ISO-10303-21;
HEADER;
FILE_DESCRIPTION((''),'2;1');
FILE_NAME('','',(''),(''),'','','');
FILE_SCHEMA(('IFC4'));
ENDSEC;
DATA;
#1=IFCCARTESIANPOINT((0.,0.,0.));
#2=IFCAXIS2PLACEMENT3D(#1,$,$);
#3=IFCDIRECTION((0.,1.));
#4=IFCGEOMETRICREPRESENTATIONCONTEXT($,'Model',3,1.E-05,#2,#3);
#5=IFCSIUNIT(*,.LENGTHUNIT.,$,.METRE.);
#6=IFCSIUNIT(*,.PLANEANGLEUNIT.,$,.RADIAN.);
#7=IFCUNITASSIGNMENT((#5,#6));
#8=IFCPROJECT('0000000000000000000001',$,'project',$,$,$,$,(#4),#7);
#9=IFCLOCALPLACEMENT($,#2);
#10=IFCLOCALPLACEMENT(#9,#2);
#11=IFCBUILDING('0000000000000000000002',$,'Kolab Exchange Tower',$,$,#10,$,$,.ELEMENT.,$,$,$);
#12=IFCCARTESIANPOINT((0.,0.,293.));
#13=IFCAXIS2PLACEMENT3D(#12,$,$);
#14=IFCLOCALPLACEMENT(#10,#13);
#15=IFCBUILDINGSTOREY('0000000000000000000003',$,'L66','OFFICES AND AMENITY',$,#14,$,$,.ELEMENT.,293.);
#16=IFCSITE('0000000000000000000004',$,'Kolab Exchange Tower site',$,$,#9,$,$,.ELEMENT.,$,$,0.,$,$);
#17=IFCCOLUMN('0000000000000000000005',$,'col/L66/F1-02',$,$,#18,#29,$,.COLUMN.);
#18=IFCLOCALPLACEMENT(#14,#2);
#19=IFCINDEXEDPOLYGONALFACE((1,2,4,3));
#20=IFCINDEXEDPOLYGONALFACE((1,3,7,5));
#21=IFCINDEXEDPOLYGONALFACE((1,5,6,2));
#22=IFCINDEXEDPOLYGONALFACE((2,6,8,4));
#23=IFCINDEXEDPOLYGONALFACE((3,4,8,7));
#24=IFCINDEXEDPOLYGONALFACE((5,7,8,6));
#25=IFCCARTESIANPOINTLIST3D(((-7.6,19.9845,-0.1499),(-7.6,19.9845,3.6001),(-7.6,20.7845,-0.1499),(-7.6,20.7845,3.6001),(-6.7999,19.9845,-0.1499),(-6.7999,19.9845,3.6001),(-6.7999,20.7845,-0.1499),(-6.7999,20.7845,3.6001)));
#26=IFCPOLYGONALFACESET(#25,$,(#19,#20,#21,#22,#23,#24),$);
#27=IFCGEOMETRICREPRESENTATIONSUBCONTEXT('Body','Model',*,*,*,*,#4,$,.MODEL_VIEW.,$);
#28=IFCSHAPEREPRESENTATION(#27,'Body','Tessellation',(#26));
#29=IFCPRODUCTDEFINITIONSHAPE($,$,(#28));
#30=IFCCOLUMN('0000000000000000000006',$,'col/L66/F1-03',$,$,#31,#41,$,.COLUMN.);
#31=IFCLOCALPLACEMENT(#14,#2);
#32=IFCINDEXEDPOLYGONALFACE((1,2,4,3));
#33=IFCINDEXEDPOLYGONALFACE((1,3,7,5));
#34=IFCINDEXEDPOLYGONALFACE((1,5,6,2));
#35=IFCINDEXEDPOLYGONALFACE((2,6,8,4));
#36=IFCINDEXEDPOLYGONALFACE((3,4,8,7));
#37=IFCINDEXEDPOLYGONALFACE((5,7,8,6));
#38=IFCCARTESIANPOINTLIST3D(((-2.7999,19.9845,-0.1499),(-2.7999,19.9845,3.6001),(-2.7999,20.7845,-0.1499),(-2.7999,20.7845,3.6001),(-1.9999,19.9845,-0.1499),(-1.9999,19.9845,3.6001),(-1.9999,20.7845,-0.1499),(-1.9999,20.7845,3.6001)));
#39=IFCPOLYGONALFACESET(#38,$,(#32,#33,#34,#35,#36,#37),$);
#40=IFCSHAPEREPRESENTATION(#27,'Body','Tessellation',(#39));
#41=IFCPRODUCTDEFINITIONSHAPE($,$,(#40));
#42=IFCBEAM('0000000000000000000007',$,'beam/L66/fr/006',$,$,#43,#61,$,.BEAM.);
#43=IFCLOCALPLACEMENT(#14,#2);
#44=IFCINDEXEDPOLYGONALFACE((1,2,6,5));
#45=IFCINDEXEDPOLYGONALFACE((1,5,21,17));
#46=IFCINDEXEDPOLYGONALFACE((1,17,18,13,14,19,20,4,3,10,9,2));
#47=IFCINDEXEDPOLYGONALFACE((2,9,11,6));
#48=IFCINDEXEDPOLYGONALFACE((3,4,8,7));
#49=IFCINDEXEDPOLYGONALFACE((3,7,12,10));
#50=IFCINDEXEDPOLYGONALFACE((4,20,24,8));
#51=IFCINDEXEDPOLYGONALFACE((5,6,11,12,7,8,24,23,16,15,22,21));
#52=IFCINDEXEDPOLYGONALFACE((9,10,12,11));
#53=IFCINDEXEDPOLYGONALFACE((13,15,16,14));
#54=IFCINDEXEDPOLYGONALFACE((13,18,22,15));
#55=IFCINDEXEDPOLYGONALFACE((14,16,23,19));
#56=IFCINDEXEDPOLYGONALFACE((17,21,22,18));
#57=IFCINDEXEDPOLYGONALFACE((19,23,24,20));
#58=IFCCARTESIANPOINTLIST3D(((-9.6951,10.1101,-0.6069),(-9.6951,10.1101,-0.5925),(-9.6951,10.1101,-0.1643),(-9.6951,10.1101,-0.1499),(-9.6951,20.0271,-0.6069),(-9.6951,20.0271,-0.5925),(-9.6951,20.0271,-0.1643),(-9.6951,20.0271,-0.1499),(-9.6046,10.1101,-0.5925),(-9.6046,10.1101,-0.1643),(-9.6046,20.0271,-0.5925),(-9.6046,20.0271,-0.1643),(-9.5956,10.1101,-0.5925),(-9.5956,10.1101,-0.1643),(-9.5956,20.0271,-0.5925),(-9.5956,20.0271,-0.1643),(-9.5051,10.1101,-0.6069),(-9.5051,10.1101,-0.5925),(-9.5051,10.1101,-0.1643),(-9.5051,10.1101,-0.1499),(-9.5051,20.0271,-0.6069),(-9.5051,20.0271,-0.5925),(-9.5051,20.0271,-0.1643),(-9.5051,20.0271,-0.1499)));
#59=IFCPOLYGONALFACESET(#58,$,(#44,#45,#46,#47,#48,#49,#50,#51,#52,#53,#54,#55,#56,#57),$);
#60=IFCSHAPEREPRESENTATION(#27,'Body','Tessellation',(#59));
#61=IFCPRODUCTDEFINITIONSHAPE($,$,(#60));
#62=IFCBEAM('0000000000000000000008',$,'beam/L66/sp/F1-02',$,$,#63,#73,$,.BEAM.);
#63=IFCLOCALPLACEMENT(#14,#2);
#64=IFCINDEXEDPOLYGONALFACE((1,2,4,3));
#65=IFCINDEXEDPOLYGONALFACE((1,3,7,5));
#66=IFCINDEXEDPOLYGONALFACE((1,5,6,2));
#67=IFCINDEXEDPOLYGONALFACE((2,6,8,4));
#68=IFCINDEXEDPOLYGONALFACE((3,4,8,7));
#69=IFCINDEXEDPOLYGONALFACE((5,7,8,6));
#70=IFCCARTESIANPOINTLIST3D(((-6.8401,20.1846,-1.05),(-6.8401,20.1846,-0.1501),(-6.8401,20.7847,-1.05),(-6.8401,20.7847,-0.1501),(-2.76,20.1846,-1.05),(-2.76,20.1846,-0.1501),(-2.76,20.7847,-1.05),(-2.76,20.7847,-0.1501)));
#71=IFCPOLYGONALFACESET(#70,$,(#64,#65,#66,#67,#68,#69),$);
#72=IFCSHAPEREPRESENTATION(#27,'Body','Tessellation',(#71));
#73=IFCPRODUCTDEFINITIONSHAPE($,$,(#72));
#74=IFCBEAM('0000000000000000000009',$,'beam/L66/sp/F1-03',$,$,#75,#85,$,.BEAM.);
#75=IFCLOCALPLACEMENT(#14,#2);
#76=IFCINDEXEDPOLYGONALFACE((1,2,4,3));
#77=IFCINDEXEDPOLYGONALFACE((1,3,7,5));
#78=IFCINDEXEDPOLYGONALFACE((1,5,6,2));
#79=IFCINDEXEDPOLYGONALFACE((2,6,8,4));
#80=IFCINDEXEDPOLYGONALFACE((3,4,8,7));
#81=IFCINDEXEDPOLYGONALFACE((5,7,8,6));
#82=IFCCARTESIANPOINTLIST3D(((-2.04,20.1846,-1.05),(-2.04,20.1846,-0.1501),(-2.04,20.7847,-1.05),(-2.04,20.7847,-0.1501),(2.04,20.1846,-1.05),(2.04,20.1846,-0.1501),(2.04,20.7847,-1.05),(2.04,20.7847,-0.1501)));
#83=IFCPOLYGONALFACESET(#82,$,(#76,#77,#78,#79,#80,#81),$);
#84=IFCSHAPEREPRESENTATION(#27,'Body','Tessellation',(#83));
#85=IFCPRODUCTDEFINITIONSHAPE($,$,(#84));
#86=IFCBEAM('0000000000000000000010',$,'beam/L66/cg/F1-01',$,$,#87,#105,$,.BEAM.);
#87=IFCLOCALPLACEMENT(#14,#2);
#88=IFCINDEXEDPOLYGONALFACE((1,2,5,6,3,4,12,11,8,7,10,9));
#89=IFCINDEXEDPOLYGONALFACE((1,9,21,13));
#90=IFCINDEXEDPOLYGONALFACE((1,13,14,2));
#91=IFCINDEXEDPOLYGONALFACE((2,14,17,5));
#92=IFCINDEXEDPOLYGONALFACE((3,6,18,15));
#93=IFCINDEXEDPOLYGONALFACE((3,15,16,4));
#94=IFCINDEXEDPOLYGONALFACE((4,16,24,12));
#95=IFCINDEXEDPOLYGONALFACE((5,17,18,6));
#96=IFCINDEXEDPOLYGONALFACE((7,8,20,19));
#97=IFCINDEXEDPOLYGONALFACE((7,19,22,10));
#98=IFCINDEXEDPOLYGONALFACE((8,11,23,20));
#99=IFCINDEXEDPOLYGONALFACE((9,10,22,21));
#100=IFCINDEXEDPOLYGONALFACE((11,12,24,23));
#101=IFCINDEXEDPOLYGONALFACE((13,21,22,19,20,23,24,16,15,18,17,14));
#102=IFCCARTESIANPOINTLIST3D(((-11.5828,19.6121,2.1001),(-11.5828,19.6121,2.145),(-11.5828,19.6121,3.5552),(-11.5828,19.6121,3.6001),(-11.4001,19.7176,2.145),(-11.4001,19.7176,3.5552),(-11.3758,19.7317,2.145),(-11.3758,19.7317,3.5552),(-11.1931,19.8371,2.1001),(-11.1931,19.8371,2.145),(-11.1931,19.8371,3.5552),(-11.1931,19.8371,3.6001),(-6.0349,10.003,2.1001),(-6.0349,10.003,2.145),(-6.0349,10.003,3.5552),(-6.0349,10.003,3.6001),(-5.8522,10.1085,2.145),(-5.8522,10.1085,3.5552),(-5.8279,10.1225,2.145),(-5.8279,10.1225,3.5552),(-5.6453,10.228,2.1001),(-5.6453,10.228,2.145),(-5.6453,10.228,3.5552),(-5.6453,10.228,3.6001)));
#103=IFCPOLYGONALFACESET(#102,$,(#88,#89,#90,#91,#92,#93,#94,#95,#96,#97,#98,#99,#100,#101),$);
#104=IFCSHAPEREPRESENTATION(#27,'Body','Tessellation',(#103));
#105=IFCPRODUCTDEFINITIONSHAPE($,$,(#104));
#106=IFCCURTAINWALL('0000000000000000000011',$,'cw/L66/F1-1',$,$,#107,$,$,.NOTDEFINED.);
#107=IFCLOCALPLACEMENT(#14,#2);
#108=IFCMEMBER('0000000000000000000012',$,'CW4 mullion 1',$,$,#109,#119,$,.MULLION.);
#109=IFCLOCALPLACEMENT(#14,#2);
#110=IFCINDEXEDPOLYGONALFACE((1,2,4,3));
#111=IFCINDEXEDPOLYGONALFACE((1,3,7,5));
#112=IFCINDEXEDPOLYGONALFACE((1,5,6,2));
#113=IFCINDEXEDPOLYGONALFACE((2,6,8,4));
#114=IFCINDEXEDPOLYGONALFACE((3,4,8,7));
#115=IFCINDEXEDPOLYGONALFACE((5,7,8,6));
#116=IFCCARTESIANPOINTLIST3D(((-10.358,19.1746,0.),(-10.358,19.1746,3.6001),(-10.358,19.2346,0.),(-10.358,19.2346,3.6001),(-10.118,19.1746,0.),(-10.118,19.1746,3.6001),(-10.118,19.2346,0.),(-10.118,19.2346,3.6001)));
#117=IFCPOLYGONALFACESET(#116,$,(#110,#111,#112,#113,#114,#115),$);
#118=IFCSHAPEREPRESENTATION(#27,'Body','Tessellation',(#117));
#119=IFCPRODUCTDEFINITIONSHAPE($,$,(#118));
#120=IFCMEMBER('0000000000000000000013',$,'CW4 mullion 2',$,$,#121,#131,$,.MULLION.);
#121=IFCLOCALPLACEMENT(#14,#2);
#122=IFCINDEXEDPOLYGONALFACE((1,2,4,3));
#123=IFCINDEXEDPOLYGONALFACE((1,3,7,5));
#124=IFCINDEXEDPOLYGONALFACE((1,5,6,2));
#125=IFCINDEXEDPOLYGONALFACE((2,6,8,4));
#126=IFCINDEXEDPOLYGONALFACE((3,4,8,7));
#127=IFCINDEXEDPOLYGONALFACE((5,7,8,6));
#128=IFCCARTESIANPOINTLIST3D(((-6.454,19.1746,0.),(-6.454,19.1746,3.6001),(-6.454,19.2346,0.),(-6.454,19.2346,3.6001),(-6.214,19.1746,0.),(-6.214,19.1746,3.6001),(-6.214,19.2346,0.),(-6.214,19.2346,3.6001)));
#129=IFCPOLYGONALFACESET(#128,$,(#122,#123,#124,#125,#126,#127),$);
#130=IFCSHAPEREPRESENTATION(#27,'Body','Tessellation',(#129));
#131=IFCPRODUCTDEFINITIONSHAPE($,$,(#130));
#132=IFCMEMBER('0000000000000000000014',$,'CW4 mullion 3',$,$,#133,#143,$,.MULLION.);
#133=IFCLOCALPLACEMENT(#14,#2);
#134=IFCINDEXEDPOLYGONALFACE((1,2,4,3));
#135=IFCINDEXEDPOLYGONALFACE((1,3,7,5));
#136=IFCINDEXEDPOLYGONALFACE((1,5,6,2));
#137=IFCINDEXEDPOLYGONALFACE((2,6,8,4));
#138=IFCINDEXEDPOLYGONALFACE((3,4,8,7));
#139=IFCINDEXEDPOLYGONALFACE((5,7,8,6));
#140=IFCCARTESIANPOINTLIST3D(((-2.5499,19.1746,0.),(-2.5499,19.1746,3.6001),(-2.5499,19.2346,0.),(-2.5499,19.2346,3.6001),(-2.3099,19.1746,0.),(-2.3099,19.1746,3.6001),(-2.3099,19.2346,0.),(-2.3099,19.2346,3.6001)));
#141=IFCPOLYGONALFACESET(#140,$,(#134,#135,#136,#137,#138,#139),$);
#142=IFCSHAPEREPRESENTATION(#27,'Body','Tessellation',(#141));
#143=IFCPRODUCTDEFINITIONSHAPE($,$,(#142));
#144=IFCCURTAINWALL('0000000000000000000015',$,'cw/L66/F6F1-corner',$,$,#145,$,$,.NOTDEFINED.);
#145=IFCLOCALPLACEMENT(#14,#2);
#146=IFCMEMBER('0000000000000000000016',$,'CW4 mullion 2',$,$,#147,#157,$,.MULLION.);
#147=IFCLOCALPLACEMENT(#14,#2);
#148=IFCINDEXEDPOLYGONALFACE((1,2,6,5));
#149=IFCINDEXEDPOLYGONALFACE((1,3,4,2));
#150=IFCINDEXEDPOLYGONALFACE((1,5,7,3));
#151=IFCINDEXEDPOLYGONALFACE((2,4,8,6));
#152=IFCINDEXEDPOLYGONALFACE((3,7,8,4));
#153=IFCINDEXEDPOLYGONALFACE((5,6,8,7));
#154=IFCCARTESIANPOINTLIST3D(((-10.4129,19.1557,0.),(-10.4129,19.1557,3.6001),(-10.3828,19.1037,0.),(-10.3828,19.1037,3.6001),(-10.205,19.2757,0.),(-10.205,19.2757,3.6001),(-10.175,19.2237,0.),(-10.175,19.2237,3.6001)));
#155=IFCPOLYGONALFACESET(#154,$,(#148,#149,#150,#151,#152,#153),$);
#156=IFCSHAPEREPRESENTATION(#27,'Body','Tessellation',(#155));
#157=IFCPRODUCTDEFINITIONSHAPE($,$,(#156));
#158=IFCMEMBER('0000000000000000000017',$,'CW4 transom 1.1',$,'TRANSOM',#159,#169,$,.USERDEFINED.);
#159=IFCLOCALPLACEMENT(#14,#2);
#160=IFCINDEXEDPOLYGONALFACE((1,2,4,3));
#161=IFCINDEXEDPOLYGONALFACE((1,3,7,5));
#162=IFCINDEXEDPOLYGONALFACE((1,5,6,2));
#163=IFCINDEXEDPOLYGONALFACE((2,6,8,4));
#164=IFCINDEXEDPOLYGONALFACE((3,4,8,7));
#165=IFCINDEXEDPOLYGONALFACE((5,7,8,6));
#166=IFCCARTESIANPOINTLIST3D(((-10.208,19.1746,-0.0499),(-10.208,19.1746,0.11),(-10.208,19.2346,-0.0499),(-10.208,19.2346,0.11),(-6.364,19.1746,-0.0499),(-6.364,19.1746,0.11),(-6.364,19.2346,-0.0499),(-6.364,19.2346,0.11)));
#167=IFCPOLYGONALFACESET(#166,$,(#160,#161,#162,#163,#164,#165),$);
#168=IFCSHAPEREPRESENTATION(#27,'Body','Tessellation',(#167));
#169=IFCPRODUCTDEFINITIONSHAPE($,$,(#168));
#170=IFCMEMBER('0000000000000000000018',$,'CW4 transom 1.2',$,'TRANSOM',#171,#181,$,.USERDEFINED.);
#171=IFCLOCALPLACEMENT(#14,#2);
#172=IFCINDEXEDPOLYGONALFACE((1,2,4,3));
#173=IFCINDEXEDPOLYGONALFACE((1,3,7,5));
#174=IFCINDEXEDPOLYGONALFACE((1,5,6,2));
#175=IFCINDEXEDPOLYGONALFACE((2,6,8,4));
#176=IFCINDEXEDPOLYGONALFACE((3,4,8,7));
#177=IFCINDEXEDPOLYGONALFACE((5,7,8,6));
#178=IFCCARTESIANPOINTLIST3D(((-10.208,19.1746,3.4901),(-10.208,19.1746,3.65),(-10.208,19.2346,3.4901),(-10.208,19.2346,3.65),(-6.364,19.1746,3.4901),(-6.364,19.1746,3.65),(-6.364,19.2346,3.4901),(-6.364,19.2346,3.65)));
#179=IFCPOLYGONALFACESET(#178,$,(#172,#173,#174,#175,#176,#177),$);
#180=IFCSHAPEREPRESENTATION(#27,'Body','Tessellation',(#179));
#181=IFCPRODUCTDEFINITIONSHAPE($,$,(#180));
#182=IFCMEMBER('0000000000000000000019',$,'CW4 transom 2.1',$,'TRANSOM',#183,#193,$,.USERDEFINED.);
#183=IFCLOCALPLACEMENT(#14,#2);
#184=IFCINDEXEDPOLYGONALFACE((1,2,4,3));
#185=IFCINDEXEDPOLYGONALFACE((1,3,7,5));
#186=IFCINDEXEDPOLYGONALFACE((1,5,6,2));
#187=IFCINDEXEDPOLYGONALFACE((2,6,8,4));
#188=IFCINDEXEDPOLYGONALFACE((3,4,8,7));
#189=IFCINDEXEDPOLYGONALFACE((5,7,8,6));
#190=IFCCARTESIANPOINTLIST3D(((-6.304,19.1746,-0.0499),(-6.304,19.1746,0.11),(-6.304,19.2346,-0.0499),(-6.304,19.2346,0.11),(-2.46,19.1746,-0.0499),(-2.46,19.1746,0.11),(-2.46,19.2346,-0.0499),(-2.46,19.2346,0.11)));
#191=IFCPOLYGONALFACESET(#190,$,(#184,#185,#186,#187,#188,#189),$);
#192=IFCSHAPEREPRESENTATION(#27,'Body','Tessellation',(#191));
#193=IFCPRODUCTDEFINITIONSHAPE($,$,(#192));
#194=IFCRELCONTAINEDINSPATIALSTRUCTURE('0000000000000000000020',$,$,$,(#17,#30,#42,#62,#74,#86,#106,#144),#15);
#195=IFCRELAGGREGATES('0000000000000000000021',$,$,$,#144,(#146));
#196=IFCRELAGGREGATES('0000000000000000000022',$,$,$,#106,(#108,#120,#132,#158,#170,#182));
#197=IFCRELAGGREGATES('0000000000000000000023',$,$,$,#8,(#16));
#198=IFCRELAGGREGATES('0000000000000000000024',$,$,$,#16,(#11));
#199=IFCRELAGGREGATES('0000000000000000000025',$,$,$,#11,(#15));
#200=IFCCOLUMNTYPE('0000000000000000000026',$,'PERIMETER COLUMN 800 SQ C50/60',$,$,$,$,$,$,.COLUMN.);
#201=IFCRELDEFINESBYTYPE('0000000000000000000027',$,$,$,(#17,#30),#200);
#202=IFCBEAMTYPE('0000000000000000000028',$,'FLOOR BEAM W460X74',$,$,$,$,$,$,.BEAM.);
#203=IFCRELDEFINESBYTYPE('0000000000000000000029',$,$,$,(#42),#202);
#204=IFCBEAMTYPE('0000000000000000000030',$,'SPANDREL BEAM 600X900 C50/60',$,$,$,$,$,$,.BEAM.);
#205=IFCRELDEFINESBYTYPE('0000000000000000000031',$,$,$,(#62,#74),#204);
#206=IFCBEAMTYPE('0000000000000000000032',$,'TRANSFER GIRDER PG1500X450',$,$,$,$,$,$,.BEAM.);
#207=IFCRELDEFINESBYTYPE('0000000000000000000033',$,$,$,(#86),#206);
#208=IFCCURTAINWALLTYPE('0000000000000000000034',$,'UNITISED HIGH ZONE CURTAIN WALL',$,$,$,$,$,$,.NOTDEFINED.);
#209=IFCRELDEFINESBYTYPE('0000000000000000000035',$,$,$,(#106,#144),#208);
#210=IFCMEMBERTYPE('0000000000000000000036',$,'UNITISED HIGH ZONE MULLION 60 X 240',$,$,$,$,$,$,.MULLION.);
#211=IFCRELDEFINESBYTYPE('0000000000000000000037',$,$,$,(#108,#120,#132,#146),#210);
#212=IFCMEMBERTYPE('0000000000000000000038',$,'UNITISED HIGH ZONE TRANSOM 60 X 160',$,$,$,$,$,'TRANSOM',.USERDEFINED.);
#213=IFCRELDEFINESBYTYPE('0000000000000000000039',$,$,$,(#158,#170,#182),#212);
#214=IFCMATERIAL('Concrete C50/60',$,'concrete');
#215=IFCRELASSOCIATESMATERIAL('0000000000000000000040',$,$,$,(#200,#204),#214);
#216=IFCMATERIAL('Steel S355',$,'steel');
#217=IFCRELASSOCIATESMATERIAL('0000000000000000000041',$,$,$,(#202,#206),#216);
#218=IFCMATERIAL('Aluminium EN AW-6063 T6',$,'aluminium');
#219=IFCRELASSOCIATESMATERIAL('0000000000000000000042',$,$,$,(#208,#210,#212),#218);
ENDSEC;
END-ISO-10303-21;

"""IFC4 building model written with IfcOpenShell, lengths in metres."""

from ifc_helpers import new_model, si_unit, direction, frame, origin, origin_2d, place, context, subcontext, project, spatial, rectangle, i_section, extrude, material, material_profile, profile_set, type_object, element, aggregate, save


model = new_model("IFC4")

# Units and contexts
model_context = context("Model", 3, precision=1e-05, world=origin(), true_north=direction((0.0, 1.0)))
body_context = subcontext(model_context, "Body", "Model", "MODEL_VIEW")
ifc_project = project(units=[si_unit("LENGTHUNIT", "METRE"), si_unit("PLANEANGLEUNIT", "RADIAN")], contexts=[model_context])

# Site, building, storey
site_placement = place(None, origin())
site = spatial("IfcSite", under=ifc_project, at=site_placement, Name="Kolab Exchange Tower site", CompositionType="ELEMENT", RefElevation=0.0)
building_placement = place(site_placement, origin())
building = spatial("IfcBuilding", under=site, at=building_placement, Name="Kolab Exchange Tower", CompositionType="ELEMENT")
storey_placement = place(building_placement, frame((0.0, 0.0, 293.0)))
storey = spatial("IfcBuildingStorey", under=building, at=storey_placement, Name="L66", Description="OFFICES AND AMENITY", CompositionType="ELEMENT", Elevation=293.0)

# Columns
ifc_material_1 = material(Name="Concrete C50/60", Category="concrete")
ifc_material_profile_1 = material_profile(ifc_material_1, rectangle(XDim=0.8, YDim=0.8, at=origin_2d()), Name="RC800")
ifc_profile_set_1 = profile_set([ifc_material_profile_1], Name="Concrete C50/60")
column_type = type_object("IfcColumnType", Name="PERIMETER COLUMN 800 SQ C50/60", PredefinedType="COLUMN", material=ifc_profile_set_1)
for number, where, z_axis, x_axis, name in (
    (1, (-7.2, 20.3845, -0.1499), (0.0, 0.0, 1.0), (1.0, 0.0, 0.0), "col/L66/F1-02"),
    (2, (-2.3999, 20.3845, -0.1499), (0.0, 0.0, 1.0), (1.0, 0.0, 0.0), "col/L66/F1-03"),
):
    element("IfcColumn", number, at=place(storey_placement, frame(where, z_axis=z_axis, x_axis=x_axis)), inside=storey, type_object=column_type, Name=name, PredefinedType="COLUMN", context=body_context, shape_type="SweptSolid", body=[
        extrude(rectangle(XDim=0.8, YDim=0.8, at=origin_2d()), origin(), (0.0, 0.0, 1.0), 3.75),
    ])

# Beams
ifc_material_2 = material(Name="Steel S355", Category="steel")
ifc_material_profile_2 = material_profile(ifc_material_2, i_section(OverallWidth=0.1899, OverallDepth=0.457, WebThickness=0.009, FlangeThickness=0.0144, at=origin_2d()), Name="W460X74")
ifc_profile_set_2 = profile_set([ifc_material_profile_2], Name="Steel S355")
beam_type_1 = type_object("IfcBeamType", Name="FLOOR BEAM W460X74", PredefinedType="BEAM", material=ifc_profile_set_2)
beam_1_placement = place(storey_placement, frame((-9.6001, 10.1101, -0.3784), z_axis=(0.0, 1.0, 0.0), x_axis=(-1.0, 0.0, 0.0)))
element("IfcBeam", 3, at=beam_1_placement, inside=storey, type_object=beam_type_1, Name="beam/L66/fr/006", PredefinedType="BEAM", context=body_context, shape_type="SweptSolid", body=[
    extrude(i_section(OverallWidth=0.1899, OverallDepth=0.457, WebThickness=0.009, FlangeThickness=0.0144, at=origin_2d()), origin(), (0.0, 0.0, 1.0), 9.917),
])
ifc_material_profile_3 = material_profile(ifc_material_1, rectangle(XDim=0.6001, YDim=0.8999, at=origin_2d()), Name="RC600X900")
ifc_profile_set_3 = profile_set([ifc_material_profile_3], Name="Concrete C50/60")
beam_type_2 = type_object("IfcBeamType", Name="SPANDREL BEAM 600X900 C50/60", PredefinedType="BEAM", material=ifc_profile_set_3)
for number, where, z_axis, x_axis, name in (
    (4, (-6.8401, 20.4846, -0.6001), (1.0, 0.0, 0.0), (0.0, 1.0, 0.0), "beam/L66/sp/F1-02"),
    (5, (-2.04, 20.4846, -0.6001), (1.0, 0.0, 0.0), (0.0, 1.0, 0.0), "beam/L66/sp/F1-03"),
):
    element("IfcBeam", number, at=place(storey_placement, frame(where, z_axis=z_axis, x_axis=x_axis)), inside=storey, type_object=beam_type_2, Name=name, PredefinedType="BEAM", context=body_context, shape_type="SweptSolid", body=[
        extrude(rectangle(XDim=0.6001, YDim=0.8999, at=origin_2d()), origin(), (0.0, 0.0, 1.0), 4.0801),
    ])
ifc_material_profile_4 = material_profile(ifc_material_2, i_section(OverallWidth=0.45, OverallDepth=1.5, WebThickness=0.0281, FlangeThickness=0.0449, at=origin_2d()), Name="PG1500X450")
ifc_profile_set_4 = profile_set([ifc_material_profile_4], Name="Steel S355")
beam_type_3 = type_object("IfcBeamType", Name="TRANSFER GIRDER PG1500X450", PredefinedType="BEAM", material=ifc_profile_set_4)
beam_2_placement = place(storey_placement, frame((-5.8401, 10.1155, 2.8501), z_axis=(-0.500001, 0.866025, 0.0), x_axis=(-0.866025, -0.500001, 0.0)))
element("IfcBeam", 6, at=beam_2_placement, inside=storey, type_object=beam_type_3, Name="beam/L66/cg/F1-01", PredefinedType="BEAM", context=body_context, shape_type="SweptSolid", body=[
    extrude(i_section(OverallWidth=0.45, OverallDepth=1.5, WebThickness=0.0281, FlangeThickness=0.0449, at=origin_2d()), origin(), (0.0, 0.0, 1.0), 11.0957),
])

# Curtain wall, members
ifc_material_3 = material(Name="Aluminium EN AW-6063 T6", Category="aluminium")
curtain_wall_type = type_object("IfcCurtainWallType", Name="UNITISED HIGH ZONE CURTAIN WALL", PredefinedType="NOTDEFINED", material=ifc_material_3)
curtain_wall_1_placement = place(storey_placement, origin())
curtain_wall_1 = element("IfcCurtainWall", 7, at=curtain_wall_1_placement, inside=storey, type_object=curtain_wall_type, Name="cw/L66/F1-1", PredefinedType="NOTDEFINED")
ifc_material_profile_5 = material_profile(ifc_material_3, rectangle(XDim=0.0601, YDim=0.24, at=origin_2d()), Name="RECT 60X240")
ifc_profile_set_5 = profile_set([ifc_material_profile_5], Name="Aluminium EN AW-6063 T6")
member_type_1 = type_object("IfcMemberType", Name="UNITISED HIGH ZONE MULLION 60 X 240", PredefinedType="MULLION", material=ifc_profile_set_5)
member_1_placement = place(storey_placement, frame((-10.238, 19.2046, 0.0), z_axis=(0.0, 0.0, 1.0), x_axis=(0.0, 1.0, 0.0)))
member_1 = element("IfcMember", 8, at=member_1_placement, type_object=member_type_1, Name="CW4 mullion 1", PredefinedType="MULLION", context=body_context, shape_type="SweptSolid", body=[
    extrude(rectangle(XDim=0.0601, YDim=0.24, at=origin_2d()), origin(), (0.0, 0.0, 1.0), 3.6001),
])
member_2_placement = place(storey_placement, frame((-6.334, 19.2046, 0.0), z_axis=(0.0, 0.0, 1.0), x_axis=(0.0, 1.0, 0.0)))
member_2 = element("IfcMember", 9, at=member_2_placement, type_object=member_type_1, Name="CW4 mullion 2", PredefinedType="MULLION", context=body_context, shape_type="SweptSolid", body=[
    extrude(rectangle(XDim=0.0601, YDim=0.24, at=origin_2d()), origin(), (0.0, 0.0, 1.0), 3.6001),
])
member_3_placement = place(storey_placement, frame((-2.4299, 19.2046, 0.0), z_axis=(0.0, 0.0, 1.0), x_axis=(0.0, 1.0, 0.0)))
member_3 = element("IfcMember", 10, at=member_3_placement, type_object=member_type_1, Name="CW4 mullion 3", PredefinedType="MULLION", context=body_context, shape_type="SweptSolid", body=[
    extrude(rectangle(XDim=0.0601, YDim=0.24, at=origin_2d()), origin(), (0.0, 0.0, 1.0), 3.6001),
])

# Curtain wall, member
curtain_wall_2_placement = place(storey_placement, origin())
curtain_wall_2 = element("IfcCurtainWall", 11, at=curtain_wall_2_placement, inside=storey, type_object=curtain_wall_type, Name="cw/L66/F6F1-corner", PredefinedType="NOTDEFINED")
member_4_placement = place(storey_placement, frame((-10.2939, 19.1897, 0.0), z_axis=(0.0, 0.0, 1.0), x_axis=(-0.5, 0.866025, 0.0)))
member_4 = element("IfcMember", 12, at=member_4_placement, type_object=member_type_1, Name="CW4 mullion 2", PredefinedType="MULLION", context=body_context, shape_type="SweptSolid", body=[
    extrude(rectangle(XDim=0.0601, YDim=0.24, at=origin_2d()), origin(), (0.0, 0.0, 1.0), 3.6001),
])
aggregate(curtain_wall_2, [member_4])

# Members
ifc_material_profile_6 = material_profile(ifc_material_3, rectangle(XDim=0.0601, YDim=0.1599, at=origin_2d()), Name="RECT 60X160")
ifc_profile_set_6 = profile_set([ifc_material_profile_6], Name="Aluminium EN AW-6063 T6")
member_type_2 = type_object("IfcMemberType", Name="UNITISED HIGH ZONE TRANSOM 60 X 160", ElementType="TRANSOM", PredefinedType="USERDEFINED", material=ifc_profile_set_6)
member_5_placement = place(storey_placement, frame((-10.208, 19.2046, 0.03), z_axis=(1.0, 0.0, 0.0), x_axis=(0.0, 1.0, 0.0)))
member_5 = element("IfcMember", 13, at=member_5_placement, type_object=member_type_2, Name="CW4 transom 1.1", ObjectType="TRANSOM", PredefinedType="USERDEFINED", context=body_context, shape_type="SweptSolid", body=[
    extrude(rectangle(XDim=0.0601, YDim=0.1599, at=origin_2d()), origin(), (0.0, 0.0, 1.0), 3.844),
])
member_6_placement = place(storey_placement, frame((-10.208, 19.2046, 3.5701), z_axis=(1.0, 0.0, 0.0), x_axis=(0.0, 1.0, 0.0)))
member_6 = element("IfcMember", 14, at=member_6_placement, type_object=member_type_2, Name="CW4 transom 1.2", ObjectType="TRANSOM", PredefinedType="USERDEFINED", context=body_context, shape_type="SweptSolid", body=[
    extrude(rectangle(XDim=0.0601, YDim=0.1599, at=origin_2d()), origin(), (0.0, 0.0, 1.0), 3.844),
])
member_7_placement = place(storey_placement, frame((-6.304, 19.2046, 0.03), z_axis=(1.0, 0.0, 0.0), x_axis=(0.0, 1.0, 0.0)))
member_7 = element("IfcMember", 15, at=member_7_placement, type_object=member_type_2, Name="CW4 transom 2.1", ObjectType="TRANSOM", PredefinedType="USERDEFINED", context=body_context, shape_type="SweptSolid", body=[
    extrude(rectangle(XDim=0.0601, YDim=0.1599, at=origin_2d()), origin(), (0.0, 0.0, 1.0), 3.844),
])

aggregate(curtain_wall_1, [member_1, member_2, member_3, member_5, member_6, member_7])

save(model, "model.ifc")
